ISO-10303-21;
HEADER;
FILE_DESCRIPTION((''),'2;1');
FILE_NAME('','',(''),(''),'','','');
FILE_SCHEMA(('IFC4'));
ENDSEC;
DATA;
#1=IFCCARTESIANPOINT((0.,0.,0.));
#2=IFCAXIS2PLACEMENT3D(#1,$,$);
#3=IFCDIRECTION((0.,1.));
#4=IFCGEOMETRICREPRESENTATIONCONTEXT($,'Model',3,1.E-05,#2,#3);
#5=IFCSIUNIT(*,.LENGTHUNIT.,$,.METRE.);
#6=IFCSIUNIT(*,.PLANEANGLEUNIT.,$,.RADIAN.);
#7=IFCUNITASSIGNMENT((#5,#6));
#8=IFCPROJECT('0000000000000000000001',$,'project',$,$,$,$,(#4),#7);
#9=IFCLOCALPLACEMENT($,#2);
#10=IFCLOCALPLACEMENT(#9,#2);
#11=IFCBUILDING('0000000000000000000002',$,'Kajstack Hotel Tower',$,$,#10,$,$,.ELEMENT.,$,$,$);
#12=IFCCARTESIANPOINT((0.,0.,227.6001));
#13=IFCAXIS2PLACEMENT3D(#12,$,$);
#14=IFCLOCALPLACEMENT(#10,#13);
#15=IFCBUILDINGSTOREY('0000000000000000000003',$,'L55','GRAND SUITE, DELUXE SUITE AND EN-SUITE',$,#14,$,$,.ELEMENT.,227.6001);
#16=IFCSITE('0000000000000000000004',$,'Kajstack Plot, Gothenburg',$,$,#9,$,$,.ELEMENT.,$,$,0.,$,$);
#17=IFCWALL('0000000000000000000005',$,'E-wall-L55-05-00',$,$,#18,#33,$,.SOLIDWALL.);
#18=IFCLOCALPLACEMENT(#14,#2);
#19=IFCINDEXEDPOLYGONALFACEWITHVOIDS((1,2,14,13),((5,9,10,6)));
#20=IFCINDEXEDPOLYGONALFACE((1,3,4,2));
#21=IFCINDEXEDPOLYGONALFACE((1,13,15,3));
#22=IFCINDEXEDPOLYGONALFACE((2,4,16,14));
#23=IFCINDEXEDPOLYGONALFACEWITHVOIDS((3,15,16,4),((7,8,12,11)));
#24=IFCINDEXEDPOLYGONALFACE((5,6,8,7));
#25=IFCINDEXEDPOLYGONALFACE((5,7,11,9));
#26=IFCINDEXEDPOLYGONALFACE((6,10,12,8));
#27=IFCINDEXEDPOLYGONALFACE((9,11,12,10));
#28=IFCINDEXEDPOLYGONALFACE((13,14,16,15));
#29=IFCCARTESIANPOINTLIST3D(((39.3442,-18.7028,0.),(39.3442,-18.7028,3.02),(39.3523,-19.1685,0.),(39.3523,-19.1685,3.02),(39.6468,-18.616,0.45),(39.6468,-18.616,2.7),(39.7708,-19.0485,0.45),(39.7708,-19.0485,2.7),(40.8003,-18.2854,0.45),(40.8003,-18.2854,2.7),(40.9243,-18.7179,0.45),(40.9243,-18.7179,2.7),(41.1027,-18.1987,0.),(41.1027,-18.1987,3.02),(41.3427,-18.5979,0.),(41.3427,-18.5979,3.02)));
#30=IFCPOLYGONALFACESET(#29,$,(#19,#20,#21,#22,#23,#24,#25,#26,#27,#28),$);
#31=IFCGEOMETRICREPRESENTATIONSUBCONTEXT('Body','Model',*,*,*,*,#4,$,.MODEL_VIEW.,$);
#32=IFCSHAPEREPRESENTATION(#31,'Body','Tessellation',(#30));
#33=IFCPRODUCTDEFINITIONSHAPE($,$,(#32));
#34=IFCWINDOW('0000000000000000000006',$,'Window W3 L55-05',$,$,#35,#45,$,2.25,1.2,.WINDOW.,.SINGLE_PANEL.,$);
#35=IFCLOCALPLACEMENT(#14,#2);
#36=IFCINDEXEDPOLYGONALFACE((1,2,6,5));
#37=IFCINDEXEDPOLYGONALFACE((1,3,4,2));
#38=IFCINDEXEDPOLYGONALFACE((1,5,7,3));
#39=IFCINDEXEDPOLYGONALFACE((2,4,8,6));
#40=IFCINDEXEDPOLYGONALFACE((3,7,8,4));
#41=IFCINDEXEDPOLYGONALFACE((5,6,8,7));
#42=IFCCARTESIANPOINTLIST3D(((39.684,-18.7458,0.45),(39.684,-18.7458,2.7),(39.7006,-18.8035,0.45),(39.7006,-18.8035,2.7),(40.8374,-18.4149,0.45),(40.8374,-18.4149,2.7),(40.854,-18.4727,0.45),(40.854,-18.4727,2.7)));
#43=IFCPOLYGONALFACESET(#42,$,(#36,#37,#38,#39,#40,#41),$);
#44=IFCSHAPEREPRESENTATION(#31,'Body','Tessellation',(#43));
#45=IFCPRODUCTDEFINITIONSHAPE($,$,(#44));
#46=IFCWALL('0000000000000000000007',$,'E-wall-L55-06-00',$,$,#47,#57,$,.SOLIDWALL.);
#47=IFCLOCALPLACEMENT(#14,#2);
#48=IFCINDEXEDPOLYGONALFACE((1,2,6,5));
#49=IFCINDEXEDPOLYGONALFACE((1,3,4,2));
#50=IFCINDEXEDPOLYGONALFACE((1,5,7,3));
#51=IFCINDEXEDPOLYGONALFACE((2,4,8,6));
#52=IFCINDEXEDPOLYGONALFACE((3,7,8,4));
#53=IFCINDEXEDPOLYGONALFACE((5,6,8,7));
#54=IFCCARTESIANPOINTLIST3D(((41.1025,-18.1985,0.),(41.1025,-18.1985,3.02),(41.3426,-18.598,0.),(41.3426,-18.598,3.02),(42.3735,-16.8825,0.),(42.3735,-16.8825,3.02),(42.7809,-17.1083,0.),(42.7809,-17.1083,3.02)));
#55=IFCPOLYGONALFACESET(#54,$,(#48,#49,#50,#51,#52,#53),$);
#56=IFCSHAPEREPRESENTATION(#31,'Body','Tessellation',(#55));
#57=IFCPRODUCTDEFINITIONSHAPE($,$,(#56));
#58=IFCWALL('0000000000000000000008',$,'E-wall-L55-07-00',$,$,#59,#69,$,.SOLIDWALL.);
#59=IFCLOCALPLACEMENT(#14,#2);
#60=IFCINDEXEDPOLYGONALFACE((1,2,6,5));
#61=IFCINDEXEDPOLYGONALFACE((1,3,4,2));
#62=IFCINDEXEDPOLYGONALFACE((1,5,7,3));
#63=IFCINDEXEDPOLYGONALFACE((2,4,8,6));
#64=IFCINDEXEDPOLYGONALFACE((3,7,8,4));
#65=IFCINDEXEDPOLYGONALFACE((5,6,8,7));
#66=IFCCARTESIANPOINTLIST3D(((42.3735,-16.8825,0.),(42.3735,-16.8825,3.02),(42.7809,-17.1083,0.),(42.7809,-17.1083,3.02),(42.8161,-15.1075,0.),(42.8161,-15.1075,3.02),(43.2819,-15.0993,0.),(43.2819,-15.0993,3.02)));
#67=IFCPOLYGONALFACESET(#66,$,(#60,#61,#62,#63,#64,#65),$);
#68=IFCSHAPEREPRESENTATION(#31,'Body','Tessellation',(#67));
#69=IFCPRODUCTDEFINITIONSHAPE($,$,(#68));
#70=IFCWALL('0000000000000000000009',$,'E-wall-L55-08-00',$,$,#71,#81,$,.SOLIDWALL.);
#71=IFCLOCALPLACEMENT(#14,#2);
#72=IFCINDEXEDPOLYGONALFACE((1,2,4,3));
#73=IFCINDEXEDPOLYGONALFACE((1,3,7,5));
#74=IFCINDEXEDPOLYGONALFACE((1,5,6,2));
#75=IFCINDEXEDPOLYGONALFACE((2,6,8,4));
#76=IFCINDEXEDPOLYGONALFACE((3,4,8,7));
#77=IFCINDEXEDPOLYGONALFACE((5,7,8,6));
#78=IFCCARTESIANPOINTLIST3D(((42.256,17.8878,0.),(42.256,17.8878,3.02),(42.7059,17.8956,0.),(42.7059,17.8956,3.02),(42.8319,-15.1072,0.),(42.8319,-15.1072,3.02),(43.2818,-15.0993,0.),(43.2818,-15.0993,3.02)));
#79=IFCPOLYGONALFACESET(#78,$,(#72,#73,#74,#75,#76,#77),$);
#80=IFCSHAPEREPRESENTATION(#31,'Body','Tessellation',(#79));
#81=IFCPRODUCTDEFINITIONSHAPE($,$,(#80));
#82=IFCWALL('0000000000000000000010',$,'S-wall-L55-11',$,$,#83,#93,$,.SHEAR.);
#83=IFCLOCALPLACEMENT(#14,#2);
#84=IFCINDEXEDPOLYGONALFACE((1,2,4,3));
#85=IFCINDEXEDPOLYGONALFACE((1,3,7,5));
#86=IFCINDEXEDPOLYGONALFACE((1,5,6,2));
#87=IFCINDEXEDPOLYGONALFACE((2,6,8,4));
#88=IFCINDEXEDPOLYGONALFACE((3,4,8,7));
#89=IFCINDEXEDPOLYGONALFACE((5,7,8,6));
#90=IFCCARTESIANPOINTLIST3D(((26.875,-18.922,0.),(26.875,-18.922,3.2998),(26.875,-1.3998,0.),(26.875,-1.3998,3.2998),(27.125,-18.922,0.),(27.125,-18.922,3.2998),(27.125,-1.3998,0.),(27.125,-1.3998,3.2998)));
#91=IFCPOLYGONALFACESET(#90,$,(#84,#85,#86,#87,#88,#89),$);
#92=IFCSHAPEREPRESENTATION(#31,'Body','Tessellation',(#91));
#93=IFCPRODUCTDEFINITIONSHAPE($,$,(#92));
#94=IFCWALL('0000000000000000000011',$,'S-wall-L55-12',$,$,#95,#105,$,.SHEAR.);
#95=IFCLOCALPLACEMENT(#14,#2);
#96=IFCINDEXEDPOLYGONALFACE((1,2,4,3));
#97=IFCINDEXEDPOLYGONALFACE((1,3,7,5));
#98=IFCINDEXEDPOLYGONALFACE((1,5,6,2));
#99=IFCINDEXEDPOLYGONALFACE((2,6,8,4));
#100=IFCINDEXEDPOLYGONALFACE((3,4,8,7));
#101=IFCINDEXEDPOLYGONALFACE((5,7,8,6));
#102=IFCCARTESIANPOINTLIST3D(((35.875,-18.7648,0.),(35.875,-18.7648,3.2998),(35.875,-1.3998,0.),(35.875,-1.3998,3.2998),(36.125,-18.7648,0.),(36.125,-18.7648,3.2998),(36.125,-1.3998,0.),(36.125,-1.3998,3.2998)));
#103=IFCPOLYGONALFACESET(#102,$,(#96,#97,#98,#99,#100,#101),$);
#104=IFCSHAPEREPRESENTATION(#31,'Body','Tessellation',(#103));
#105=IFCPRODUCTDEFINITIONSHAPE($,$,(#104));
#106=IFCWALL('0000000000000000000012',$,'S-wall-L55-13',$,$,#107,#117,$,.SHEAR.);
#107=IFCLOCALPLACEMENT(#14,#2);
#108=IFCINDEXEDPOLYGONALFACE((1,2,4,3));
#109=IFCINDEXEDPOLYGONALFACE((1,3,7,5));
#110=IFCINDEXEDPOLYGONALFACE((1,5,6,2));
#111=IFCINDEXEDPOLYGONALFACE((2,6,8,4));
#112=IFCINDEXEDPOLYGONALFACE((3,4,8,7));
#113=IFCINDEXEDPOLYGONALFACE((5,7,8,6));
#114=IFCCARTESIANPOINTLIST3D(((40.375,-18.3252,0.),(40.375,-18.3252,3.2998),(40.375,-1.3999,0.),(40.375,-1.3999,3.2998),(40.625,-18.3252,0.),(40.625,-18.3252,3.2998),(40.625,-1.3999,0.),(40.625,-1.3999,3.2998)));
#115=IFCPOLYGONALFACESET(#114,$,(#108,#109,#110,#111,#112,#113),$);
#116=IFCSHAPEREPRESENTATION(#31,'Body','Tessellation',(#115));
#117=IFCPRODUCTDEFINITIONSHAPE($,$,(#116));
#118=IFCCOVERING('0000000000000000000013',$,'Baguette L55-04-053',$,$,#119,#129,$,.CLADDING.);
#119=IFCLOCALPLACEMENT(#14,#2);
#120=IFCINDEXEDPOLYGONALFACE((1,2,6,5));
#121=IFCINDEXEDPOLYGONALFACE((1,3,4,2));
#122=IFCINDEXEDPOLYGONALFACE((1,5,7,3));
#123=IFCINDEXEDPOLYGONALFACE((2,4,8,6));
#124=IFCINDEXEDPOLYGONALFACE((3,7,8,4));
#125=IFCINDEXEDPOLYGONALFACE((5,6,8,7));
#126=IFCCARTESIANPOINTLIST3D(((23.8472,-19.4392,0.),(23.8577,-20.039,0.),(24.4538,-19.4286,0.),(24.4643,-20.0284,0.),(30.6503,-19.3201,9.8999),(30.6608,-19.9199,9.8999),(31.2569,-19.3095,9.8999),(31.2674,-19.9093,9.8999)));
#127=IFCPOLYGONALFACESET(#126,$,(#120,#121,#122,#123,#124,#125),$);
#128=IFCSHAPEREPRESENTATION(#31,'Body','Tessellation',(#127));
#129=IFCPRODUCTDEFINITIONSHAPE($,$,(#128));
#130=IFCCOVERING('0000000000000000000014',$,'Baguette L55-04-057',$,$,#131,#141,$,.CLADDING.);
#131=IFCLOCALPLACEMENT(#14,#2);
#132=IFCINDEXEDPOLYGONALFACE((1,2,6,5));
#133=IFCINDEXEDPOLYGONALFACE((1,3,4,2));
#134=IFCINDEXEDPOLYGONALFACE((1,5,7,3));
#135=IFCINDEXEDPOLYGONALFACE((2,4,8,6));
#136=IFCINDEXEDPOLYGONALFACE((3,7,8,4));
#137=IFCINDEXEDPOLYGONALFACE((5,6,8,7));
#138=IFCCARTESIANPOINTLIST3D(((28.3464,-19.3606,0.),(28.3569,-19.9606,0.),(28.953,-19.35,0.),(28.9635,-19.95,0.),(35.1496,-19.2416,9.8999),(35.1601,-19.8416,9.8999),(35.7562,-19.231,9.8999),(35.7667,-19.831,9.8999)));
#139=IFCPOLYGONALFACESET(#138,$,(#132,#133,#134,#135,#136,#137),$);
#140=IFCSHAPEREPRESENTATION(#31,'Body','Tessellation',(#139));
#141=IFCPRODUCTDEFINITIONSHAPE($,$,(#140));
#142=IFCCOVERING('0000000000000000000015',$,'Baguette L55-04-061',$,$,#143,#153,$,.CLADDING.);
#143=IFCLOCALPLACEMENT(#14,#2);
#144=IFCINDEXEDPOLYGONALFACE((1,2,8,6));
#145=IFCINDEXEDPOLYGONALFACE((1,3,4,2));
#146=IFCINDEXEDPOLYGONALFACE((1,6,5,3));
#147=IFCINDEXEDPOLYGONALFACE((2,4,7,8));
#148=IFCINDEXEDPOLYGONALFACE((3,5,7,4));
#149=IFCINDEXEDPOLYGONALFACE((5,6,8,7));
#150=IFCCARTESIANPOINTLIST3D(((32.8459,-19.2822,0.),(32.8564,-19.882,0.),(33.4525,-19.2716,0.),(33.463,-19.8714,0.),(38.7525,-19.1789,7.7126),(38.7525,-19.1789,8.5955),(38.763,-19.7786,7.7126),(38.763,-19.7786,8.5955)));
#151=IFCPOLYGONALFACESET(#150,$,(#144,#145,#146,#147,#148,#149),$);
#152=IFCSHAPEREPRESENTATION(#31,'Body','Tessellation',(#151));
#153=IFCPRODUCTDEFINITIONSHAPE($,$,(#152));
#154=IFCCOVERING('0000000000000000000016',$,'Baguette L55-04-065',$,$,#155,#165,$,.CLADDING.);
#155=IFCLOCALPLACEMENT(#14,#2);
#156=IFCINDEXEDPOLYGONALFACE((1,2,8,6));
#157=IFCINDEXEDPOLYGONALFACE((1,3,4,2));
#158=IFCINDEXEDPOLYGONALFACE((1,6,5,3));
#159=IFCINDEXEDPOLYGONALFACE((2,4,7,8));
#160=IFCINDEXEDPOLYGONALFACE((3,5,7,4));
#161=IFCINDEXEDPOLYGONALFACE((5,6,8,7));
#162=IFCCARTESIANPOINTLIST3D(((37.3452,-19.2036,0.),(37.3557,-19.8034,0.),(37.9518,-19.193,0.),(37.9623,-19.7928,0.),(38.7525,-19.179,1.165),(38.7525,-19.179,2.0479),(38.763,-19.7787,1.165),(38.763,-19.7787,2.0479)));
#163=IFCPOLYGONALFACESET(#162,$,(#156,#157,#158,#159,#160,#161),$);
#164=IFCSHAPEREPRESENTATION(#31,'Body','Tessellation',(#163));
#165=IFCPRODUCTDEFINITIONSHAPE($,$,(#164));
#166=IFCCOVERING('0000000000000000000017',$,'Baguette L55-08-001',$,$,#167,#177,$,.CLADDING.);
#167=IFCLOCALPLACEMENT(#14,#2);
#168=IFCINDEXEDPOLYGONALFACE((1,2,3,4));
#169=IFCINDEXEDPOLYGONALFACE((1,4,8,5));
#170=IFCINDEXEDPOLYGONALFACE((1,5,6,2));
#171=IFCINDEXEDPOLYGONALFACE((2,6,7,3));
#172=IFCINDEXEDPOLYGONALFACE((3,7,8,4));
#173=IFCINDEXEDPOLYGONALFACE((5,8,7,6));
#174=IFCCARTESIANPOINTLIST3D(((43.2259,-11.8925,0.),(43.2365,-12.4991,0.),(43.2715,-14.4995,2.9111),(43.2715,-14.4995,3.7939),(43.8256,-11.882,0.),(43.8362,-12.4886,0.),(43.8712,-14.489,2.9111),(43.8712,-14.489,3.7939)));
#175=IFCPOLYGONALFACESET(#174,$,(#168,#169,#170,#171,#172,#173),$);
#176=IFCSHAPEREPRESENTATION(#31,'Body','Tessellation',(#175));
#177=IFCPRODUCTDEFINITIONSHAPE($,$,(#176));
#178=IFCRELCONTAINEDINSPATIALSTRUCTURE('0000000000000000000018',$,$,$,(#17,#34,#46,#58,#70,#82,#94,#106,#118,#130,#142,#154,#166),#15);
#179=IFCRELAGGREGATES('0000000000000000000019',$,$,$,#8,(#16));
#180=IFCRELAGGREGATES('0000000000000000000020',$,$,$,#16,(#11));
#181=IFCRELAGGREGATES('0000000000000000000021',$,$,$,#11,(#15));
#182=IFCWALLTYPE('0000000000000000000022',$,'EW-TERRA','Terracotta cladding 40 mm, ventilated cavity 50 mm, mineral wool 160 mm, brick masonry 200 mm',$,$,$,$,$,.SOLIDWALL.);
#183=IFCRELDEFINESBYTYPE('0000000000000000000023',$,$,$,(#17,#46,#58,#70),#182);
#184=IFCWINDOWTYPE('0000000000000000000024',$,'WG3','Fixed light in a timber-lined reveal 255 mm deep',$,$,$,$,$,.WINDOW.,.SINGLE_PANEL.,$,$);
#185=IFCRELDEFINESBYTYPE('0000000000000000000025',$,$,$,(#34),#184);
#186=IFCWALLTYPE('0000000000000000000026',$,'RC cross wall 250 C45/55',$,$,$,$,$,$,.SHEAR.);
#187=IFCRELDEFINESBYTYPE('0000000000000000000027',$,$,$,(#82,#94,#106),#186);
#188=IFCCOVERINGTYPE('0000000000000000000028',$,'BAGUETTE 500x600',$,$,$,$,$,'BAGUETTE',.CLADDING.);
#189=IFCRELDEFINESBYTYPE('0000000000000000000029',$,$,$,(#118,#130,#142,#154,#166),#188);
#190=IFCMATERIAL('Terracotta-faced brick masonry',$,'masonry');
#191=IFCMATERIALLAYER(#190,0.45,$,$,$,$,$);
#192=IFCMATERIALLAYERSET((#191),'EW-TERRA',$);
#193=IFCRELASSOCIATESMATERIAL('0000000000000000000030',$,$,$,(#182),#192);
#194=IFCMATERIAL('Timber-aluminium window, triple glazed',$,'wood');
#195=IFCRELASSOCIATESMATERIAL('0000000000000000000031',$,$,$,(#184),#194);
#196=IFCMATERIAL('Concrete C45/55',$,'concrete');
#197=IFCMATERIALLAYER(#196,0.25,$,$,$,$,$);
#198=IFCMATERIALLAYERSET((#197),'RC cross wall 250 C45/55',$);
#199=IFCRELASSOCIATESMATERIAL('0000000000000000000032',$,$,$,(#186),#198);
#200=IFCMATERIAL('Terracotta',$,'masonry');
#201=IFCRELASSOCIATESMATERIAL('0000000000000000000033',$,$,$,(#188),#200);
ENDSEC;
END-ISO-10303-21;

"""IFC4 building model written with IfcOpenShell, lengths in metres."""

from ifc_helpers import new_model, si_unit, direction, frame, frame_2d, origin, origin_2d, place, context, subcontext, project, spatial, polyline, rectangle, outline, extrude, material, layer, layer_set, material_profile, profile_set, type_object, element, fill, save


model = new_model("IFC4")

# Units and contexts
model_context = context("Model", 3, precision=1e-05, world=origin(), true_north=direction((0.0, 1.0)))
body_context = subcontext(model_context, "Body", "Model", "MODEL_VIEW")
ifc_project = project(units=[si_unit("LENGTHUNIT", "METRE"), si_unit("PLANEANGLEUNIT", "RADIAN")], contexts=[model_context])

# Site, building, storey
site_placement = place(None, origin())
site = spatial("IfcSite", under=ifc_project, at=site_placement, Name="Kajstack Plot, Gothenburg", CompositionType="ELEMENT", RefElevation=0.0)
building_placement = place(site_placement, origin())
building = spatial("IfcBuilding", under=site, at=building_placement, Name="Kajstack Hotel Tower", CompositionType="ELEMENT")
storey_placement = place(building_placement, frame((0.0, 0.0, 227.6001)))
storey = spatial("IfcBuildingStorey", under=building, at=storey_placement, Name="L55", Description="GRAND SUITE, DELUXE SUITE AND EN-SUITE", CompositionType="ELEMENT", Elevation=227.6001)

# Wall, opening, window
ifc_material_1 = material(Name="Terracotta-faced brick masonry", Category="masonry")
ifc_layer_1 = layer(ifc_material_1, 0.45)
ifc_layer_set_1 = layer_set([ifc_layer_1], Name="EW-TERRA")
wall_type_1 = type_object("IfcWallType", Name="EW-TERRA", Description="Terracotta cladding 40 mm, ventilated cavity 50 mm, mineral wool 160 mm, brick masonry 200 mm", PredefinedType="SOLIDWALL", material=ifc_layer_set_1)
wall_1_placement = place(storey_placement, frame((39.2903, -18.9524, 0.0), z_axis=(0.0, 0.0, 1.0), x_axis=(0.961248, 0.275687, 0.0)))
wall_1 = element("IfcWall", 1, at=wall_1_placement, inside=storey, type_object=wall_type_1, Name="E-wall-L55-05-00", PredefinedType="SOLIDWALL", context=body_context, shape_type="SweptSolid", body=[
    extrude(outline(polyline([(0.0, -0.2249), (2.0706, -0.2251), (1.95, 0.2249), (0.1206, 0.2251), (0.0, -0.2249)])), origin(), (0.0, 0.0, 1.0), 3.02),
])
opening_placement = place(wall_1_placement, frame((0.4353, 0.0, 0.45)))
opening = element("IfcOpeningElement", 2, at=opening_placement, cuts=wall_1, PredefinedType="OPENING", context=body_context, shape_type="SweptSolid", body=[
    extrude(rectangle(XDim=1.2, YDim=2.25, at=frame_2d((0.6001, 1.125))), frame((0.0, 0.2349, 0.0), z_axis=(0.0, -1.0, 0.0), x_axis=(1.0, 0.0, 0.0)), (0.0, 0.0, 1.0), 0.47),
])
ifc_material_2 = material(Name="Timber-aluminium window, triple glazed", Category="wood")
window_type = type_object("IfcWindowType", Name="WG3", Description="Fixed light in a timber-lined reveal 255 mm deep", PartitioningType="SINGLE_PANEL", PredefinedType="WINDOW", material=ifc_material_2)
window_placement = place(opening_placement, origin())
window = element("IfcWindow", 3, at=window_placement, inside=storey, type_object=window_type, Name="Window W3 L55-05", OverallHeight=2.25, OverallWidth=1.2, PartitioningType="SINGLE_PANEL", PredefinedType="WINDOW", context=body_context, shape_type="SweptSolid", body=[
    extrude(rectangle(XDim=1.2, YDim=2.25, at=frame_2d((0.6001, 1.125))), frame((0.0, 0.0901, 0.0), z_axis=(0.0, -1.0, 0.0), x_axis=(1.0, 0.0, 0.0)), (0.0, 0.0, 1.0), 0.0601),
])
fill(opening, window)

# Walls
wall_2_placement = place(storey_placement, frame((41.1807, -18.4417, 0.0), z_axis=(0.0, 0.0, 1.0), x_axis=(0.694679, 0.71932, 0.0)))
element("IfcWall", 4, at=wall_2_placement, inside=storey, type_object=wall_type_1, Name="E-wall-L55-06-00", PredefinedType="SOLIDWALL", context=body_context, shape_type="SweptSolid", body=[
    extrude(outline(polyline([(0.0, -0.2251), (2.0708, -0.2249), (1.9502, 0.2251), (0.1206, 0.2251), (0.0, -0.2251)])), origin(), (0.0, 0.0, 1.0), 3.02),
])
wall_3_placement = place(storey_placement, frame((42.5627, -17.054, 0.0), z_axis=(0.0, 0.0, 1.0), x_axis=(0.241842, 0.970316, 0.0)))
element("IfcWall", 5, at=wall_3_placement, inside=storey, type_object=wall_type_1, Name="E-wall-L55-07-00", PredefinedType="SOLIDWALL", context=body_context, shape_type="SweptSolid", body=[
    extrude(outline(polyline([(0.0, -0.2249), (2.0706, -0.2251), (1.95, 0.2249), (0.1206, 0.2251), (0.0, -0.2249)])), origin(), (0.0, 0.0, 1.0), 3.02),
])
wall_4_placement = place(storey_placement, frame((43.0569, -15.1033, 0.0), z_axis=(0.0, 0.0, 1.0), x_axis=(-0.017452, 0.999848, 0.0)))
element("IfcWall", 6, at=wall_4_placement, inside=storey, type_object=wall_type_1, Name="E-wall-L55-08-00", PredefinedType="SOLIDWALL", context=body_context, shape_type="SweptSolid", body=[
    extrude(rectangle(XDim=33.0, YDim=0.45, at=frame_2d((16.5, 0.0))), origin(), (0.0, 0.0, 1.0), 3.02),
])
ifc_material_3 = material(Name="Concrete C45/55", Category="concrete")
ifc_layer_2 = layer(ifc_material_3, 0.25)
ifc_layer_set_2 = layer_set([ifc_layer_2], Name="RC cross wall 250 C45/55")
wall_type_2 = type_object("IfcWallType", Name="RC cross wall 250 C45/55", PredefinedType="SHEAR", material=ifc_layer_set_2)
wall_5_placement = place(storey_placement, frame((27.0, -18.9221, 0.0), z_axis=(0.0, 0.0, 1.0), x_axis=(0.0, 1.0, 0.0)))
element("IfcWall", 7, at=wall_5_placement, inside=storey, type_object=wall_type_2, Name="S-wall-L55-11", PredefinedType="SHEAR", context=body_context, shape_type="SweptSolid", body=[
    extrude(rectangle(XDim=17.5222, YDim=0.25, at=frame_2d((8.7612, 0.0))), origin(), (0.0, 0.0, 1.0), 3.2998),
])
wall_6_placement = place(storey_placement, frame((36.0, -18.7649, 0.0), z_axis=(0.0, 0.0, 1.0), x_axis=(0.0, 1.0, 0.0)))
element("IfcWall", 8, at=wall_6_placement, inside=storey, type_object=wall_type_2, Name="S-wall-L55-12", PredefinedType="SHEAR", context=body_context, shape_type="SweptSolid", body=[
    extrude(rectangle(XDim=17.365, YDim=0.25, at=frame_2d((8.6826, 0.0))), origin(), (0.0, 0.0, 1.0), 3.2998),
])
wall_7_placement = place(storey_placement, frame((40.5, -18.3252, 0.0), z_axis=(0.0, 0.0, 1.0), x_axis=(0.0, 1.0, 0.0)))
element("IfcWall", 9, at=wall_7_placement, inside=storey, type_object=wall_type_2, Name="S-wall-L55-13", PredefinedType="SHEAR", context=body_context, shape_type="SweptSolid", body=[
    extrude(rectangle(XDim=16.9253, YDim=0.25, at=frame_2d((8.4626, 0.0))), origin(), (0.0, 0.0, 1.0), 3.2998),
])

# Coverings
ifc_material_4 = material(Name="Terracotta", Category="masonry")
ifc_material_profile = material_profile(ifc_material_4, rectangle(XDim=0.6001, YDim=0.5, at=origin_2d()), Name="Terracotta-clad concrete baguette 500 x 600")
ifc_profile_set = profile_set([ifc_material_profile], Name="Terracotta")
covering_type = type_object("IfcCoveringType", Name="BAGUETTE 500x600", ElementType="BAGUETTE", PredefinedType="CLADDING", material=ifc_profile_set)
covering_1_placement = place(storey_placement, frame((23.8472, -19.4392, 0.0), z_axis=(0.017498, -0.999847, 0.0), x_axis=(0.999847, 0.017498, 0.0)))
element("IfcCovering", 10, at=covering_1_placement, inside=storey, type_object=covering_type, Name="Baguette L55-04-053", PredefinedType="CLADDING", context=body_context, shape_type="SweptSolid", body=[
    extrude(outline(polyline([(6.8042, 9.8999), (0.0, 0.0), (0.6067, 0.0), (7.4109, 9.8999), (6.8042, 9.8999)])), origin(), (0.0, 0.0, 1.0), 0.5999),
])
covering_2_placement = place(storey_placement, frame((28.3464, -19.3606, 0.0), z_axis=(0.017491, -0.999847, 0.0), x_axis=(0.999847, 0.017491, 0.0)))
element("IfcCovering", 11, at=covering_2_placement, inside=storey, type_object=covering_type, Name="Baguette L55-04-057", PredefinedType="CLADDING", context=body_context, shape_type="SweptSolid", body=[
    extrude(outline(polyline([(6.8042, 9.8999), (0.0, 0.0), (0.6067, 0.0), (7.4109, 9.8999), (6.8042, 9.8999)])), origin(), (0.0, 0.0, 1.0), 0.6001),
])
covering_3_placement = place(storey_placement, frame((32.8459, -19.2822, 0.0), z_axis=(0.017498, -0.999847, 0.0), x_axis=(0.999847, 0.017498, 0.0)))
element("IfcCovering", 12, at=covering_3_placement, inside=storey, type_object=covering_type, Name="Baguette L55-04-061", PredefinedType="CLADDING", context=body_context, shape_type="SweptSolid", body=[
    extrude(outline(polyline([(0.6067, 0.0), (5.9075, 7.7126), (5.9075, 8.5955), (0.0, 0.0), (0.6067, 0.0)])), origin(), (0.0, 0.0, 1.0), 0.5999),
])
covering_4_placement = place(storey_placement, frame((37.3452, -19.2036, 0.0), z_axis=(0.017498, -0.999847, 0.0), x_axis=(0.999847, 0.017498, 0.0)))
element("IfcCovering", 13, at=covering_4_placement, inside=storey, type_object=covering_type, Name="Baguette L55-04-065", PredefinedType="CLADDING", context=body_context, shape_type="SweptSolid", body=[
    extrude(outline(polyline([(0.6067, 0.0), (1.4075, 1.165), (1.4075, 2.0479), (0.0, 0.0), (0.6067, 0.0)])), origin(), (0.0, 0.0, 1.0), 0.5999),
])
covering_5_placement = place(storey_placement, frame((43.2715, -14.4995, 0.0), z_axis=(0.999847, 0.017498, 0.0), x_axis=(-0.017498, 0.999847, 0.0)))
element("IfcCovering", 14, at=covering_5_placement, inside=storey, type_object=covering_type, Name="Baguette L55-08-001", PredefinedType="CLADDING", context=body_context, shape_type="SweptSolid", body=[
    extrude(outline(polyline([(2.6074, 0.0), (0.0, 3.7939), (0.0, 2.9111), (2.0007, 0.0), (2.6074, 0.0)])), origin(), (0.0, 0.0, 1.0), 0.5999),
])

save(model, "model.ifc")
